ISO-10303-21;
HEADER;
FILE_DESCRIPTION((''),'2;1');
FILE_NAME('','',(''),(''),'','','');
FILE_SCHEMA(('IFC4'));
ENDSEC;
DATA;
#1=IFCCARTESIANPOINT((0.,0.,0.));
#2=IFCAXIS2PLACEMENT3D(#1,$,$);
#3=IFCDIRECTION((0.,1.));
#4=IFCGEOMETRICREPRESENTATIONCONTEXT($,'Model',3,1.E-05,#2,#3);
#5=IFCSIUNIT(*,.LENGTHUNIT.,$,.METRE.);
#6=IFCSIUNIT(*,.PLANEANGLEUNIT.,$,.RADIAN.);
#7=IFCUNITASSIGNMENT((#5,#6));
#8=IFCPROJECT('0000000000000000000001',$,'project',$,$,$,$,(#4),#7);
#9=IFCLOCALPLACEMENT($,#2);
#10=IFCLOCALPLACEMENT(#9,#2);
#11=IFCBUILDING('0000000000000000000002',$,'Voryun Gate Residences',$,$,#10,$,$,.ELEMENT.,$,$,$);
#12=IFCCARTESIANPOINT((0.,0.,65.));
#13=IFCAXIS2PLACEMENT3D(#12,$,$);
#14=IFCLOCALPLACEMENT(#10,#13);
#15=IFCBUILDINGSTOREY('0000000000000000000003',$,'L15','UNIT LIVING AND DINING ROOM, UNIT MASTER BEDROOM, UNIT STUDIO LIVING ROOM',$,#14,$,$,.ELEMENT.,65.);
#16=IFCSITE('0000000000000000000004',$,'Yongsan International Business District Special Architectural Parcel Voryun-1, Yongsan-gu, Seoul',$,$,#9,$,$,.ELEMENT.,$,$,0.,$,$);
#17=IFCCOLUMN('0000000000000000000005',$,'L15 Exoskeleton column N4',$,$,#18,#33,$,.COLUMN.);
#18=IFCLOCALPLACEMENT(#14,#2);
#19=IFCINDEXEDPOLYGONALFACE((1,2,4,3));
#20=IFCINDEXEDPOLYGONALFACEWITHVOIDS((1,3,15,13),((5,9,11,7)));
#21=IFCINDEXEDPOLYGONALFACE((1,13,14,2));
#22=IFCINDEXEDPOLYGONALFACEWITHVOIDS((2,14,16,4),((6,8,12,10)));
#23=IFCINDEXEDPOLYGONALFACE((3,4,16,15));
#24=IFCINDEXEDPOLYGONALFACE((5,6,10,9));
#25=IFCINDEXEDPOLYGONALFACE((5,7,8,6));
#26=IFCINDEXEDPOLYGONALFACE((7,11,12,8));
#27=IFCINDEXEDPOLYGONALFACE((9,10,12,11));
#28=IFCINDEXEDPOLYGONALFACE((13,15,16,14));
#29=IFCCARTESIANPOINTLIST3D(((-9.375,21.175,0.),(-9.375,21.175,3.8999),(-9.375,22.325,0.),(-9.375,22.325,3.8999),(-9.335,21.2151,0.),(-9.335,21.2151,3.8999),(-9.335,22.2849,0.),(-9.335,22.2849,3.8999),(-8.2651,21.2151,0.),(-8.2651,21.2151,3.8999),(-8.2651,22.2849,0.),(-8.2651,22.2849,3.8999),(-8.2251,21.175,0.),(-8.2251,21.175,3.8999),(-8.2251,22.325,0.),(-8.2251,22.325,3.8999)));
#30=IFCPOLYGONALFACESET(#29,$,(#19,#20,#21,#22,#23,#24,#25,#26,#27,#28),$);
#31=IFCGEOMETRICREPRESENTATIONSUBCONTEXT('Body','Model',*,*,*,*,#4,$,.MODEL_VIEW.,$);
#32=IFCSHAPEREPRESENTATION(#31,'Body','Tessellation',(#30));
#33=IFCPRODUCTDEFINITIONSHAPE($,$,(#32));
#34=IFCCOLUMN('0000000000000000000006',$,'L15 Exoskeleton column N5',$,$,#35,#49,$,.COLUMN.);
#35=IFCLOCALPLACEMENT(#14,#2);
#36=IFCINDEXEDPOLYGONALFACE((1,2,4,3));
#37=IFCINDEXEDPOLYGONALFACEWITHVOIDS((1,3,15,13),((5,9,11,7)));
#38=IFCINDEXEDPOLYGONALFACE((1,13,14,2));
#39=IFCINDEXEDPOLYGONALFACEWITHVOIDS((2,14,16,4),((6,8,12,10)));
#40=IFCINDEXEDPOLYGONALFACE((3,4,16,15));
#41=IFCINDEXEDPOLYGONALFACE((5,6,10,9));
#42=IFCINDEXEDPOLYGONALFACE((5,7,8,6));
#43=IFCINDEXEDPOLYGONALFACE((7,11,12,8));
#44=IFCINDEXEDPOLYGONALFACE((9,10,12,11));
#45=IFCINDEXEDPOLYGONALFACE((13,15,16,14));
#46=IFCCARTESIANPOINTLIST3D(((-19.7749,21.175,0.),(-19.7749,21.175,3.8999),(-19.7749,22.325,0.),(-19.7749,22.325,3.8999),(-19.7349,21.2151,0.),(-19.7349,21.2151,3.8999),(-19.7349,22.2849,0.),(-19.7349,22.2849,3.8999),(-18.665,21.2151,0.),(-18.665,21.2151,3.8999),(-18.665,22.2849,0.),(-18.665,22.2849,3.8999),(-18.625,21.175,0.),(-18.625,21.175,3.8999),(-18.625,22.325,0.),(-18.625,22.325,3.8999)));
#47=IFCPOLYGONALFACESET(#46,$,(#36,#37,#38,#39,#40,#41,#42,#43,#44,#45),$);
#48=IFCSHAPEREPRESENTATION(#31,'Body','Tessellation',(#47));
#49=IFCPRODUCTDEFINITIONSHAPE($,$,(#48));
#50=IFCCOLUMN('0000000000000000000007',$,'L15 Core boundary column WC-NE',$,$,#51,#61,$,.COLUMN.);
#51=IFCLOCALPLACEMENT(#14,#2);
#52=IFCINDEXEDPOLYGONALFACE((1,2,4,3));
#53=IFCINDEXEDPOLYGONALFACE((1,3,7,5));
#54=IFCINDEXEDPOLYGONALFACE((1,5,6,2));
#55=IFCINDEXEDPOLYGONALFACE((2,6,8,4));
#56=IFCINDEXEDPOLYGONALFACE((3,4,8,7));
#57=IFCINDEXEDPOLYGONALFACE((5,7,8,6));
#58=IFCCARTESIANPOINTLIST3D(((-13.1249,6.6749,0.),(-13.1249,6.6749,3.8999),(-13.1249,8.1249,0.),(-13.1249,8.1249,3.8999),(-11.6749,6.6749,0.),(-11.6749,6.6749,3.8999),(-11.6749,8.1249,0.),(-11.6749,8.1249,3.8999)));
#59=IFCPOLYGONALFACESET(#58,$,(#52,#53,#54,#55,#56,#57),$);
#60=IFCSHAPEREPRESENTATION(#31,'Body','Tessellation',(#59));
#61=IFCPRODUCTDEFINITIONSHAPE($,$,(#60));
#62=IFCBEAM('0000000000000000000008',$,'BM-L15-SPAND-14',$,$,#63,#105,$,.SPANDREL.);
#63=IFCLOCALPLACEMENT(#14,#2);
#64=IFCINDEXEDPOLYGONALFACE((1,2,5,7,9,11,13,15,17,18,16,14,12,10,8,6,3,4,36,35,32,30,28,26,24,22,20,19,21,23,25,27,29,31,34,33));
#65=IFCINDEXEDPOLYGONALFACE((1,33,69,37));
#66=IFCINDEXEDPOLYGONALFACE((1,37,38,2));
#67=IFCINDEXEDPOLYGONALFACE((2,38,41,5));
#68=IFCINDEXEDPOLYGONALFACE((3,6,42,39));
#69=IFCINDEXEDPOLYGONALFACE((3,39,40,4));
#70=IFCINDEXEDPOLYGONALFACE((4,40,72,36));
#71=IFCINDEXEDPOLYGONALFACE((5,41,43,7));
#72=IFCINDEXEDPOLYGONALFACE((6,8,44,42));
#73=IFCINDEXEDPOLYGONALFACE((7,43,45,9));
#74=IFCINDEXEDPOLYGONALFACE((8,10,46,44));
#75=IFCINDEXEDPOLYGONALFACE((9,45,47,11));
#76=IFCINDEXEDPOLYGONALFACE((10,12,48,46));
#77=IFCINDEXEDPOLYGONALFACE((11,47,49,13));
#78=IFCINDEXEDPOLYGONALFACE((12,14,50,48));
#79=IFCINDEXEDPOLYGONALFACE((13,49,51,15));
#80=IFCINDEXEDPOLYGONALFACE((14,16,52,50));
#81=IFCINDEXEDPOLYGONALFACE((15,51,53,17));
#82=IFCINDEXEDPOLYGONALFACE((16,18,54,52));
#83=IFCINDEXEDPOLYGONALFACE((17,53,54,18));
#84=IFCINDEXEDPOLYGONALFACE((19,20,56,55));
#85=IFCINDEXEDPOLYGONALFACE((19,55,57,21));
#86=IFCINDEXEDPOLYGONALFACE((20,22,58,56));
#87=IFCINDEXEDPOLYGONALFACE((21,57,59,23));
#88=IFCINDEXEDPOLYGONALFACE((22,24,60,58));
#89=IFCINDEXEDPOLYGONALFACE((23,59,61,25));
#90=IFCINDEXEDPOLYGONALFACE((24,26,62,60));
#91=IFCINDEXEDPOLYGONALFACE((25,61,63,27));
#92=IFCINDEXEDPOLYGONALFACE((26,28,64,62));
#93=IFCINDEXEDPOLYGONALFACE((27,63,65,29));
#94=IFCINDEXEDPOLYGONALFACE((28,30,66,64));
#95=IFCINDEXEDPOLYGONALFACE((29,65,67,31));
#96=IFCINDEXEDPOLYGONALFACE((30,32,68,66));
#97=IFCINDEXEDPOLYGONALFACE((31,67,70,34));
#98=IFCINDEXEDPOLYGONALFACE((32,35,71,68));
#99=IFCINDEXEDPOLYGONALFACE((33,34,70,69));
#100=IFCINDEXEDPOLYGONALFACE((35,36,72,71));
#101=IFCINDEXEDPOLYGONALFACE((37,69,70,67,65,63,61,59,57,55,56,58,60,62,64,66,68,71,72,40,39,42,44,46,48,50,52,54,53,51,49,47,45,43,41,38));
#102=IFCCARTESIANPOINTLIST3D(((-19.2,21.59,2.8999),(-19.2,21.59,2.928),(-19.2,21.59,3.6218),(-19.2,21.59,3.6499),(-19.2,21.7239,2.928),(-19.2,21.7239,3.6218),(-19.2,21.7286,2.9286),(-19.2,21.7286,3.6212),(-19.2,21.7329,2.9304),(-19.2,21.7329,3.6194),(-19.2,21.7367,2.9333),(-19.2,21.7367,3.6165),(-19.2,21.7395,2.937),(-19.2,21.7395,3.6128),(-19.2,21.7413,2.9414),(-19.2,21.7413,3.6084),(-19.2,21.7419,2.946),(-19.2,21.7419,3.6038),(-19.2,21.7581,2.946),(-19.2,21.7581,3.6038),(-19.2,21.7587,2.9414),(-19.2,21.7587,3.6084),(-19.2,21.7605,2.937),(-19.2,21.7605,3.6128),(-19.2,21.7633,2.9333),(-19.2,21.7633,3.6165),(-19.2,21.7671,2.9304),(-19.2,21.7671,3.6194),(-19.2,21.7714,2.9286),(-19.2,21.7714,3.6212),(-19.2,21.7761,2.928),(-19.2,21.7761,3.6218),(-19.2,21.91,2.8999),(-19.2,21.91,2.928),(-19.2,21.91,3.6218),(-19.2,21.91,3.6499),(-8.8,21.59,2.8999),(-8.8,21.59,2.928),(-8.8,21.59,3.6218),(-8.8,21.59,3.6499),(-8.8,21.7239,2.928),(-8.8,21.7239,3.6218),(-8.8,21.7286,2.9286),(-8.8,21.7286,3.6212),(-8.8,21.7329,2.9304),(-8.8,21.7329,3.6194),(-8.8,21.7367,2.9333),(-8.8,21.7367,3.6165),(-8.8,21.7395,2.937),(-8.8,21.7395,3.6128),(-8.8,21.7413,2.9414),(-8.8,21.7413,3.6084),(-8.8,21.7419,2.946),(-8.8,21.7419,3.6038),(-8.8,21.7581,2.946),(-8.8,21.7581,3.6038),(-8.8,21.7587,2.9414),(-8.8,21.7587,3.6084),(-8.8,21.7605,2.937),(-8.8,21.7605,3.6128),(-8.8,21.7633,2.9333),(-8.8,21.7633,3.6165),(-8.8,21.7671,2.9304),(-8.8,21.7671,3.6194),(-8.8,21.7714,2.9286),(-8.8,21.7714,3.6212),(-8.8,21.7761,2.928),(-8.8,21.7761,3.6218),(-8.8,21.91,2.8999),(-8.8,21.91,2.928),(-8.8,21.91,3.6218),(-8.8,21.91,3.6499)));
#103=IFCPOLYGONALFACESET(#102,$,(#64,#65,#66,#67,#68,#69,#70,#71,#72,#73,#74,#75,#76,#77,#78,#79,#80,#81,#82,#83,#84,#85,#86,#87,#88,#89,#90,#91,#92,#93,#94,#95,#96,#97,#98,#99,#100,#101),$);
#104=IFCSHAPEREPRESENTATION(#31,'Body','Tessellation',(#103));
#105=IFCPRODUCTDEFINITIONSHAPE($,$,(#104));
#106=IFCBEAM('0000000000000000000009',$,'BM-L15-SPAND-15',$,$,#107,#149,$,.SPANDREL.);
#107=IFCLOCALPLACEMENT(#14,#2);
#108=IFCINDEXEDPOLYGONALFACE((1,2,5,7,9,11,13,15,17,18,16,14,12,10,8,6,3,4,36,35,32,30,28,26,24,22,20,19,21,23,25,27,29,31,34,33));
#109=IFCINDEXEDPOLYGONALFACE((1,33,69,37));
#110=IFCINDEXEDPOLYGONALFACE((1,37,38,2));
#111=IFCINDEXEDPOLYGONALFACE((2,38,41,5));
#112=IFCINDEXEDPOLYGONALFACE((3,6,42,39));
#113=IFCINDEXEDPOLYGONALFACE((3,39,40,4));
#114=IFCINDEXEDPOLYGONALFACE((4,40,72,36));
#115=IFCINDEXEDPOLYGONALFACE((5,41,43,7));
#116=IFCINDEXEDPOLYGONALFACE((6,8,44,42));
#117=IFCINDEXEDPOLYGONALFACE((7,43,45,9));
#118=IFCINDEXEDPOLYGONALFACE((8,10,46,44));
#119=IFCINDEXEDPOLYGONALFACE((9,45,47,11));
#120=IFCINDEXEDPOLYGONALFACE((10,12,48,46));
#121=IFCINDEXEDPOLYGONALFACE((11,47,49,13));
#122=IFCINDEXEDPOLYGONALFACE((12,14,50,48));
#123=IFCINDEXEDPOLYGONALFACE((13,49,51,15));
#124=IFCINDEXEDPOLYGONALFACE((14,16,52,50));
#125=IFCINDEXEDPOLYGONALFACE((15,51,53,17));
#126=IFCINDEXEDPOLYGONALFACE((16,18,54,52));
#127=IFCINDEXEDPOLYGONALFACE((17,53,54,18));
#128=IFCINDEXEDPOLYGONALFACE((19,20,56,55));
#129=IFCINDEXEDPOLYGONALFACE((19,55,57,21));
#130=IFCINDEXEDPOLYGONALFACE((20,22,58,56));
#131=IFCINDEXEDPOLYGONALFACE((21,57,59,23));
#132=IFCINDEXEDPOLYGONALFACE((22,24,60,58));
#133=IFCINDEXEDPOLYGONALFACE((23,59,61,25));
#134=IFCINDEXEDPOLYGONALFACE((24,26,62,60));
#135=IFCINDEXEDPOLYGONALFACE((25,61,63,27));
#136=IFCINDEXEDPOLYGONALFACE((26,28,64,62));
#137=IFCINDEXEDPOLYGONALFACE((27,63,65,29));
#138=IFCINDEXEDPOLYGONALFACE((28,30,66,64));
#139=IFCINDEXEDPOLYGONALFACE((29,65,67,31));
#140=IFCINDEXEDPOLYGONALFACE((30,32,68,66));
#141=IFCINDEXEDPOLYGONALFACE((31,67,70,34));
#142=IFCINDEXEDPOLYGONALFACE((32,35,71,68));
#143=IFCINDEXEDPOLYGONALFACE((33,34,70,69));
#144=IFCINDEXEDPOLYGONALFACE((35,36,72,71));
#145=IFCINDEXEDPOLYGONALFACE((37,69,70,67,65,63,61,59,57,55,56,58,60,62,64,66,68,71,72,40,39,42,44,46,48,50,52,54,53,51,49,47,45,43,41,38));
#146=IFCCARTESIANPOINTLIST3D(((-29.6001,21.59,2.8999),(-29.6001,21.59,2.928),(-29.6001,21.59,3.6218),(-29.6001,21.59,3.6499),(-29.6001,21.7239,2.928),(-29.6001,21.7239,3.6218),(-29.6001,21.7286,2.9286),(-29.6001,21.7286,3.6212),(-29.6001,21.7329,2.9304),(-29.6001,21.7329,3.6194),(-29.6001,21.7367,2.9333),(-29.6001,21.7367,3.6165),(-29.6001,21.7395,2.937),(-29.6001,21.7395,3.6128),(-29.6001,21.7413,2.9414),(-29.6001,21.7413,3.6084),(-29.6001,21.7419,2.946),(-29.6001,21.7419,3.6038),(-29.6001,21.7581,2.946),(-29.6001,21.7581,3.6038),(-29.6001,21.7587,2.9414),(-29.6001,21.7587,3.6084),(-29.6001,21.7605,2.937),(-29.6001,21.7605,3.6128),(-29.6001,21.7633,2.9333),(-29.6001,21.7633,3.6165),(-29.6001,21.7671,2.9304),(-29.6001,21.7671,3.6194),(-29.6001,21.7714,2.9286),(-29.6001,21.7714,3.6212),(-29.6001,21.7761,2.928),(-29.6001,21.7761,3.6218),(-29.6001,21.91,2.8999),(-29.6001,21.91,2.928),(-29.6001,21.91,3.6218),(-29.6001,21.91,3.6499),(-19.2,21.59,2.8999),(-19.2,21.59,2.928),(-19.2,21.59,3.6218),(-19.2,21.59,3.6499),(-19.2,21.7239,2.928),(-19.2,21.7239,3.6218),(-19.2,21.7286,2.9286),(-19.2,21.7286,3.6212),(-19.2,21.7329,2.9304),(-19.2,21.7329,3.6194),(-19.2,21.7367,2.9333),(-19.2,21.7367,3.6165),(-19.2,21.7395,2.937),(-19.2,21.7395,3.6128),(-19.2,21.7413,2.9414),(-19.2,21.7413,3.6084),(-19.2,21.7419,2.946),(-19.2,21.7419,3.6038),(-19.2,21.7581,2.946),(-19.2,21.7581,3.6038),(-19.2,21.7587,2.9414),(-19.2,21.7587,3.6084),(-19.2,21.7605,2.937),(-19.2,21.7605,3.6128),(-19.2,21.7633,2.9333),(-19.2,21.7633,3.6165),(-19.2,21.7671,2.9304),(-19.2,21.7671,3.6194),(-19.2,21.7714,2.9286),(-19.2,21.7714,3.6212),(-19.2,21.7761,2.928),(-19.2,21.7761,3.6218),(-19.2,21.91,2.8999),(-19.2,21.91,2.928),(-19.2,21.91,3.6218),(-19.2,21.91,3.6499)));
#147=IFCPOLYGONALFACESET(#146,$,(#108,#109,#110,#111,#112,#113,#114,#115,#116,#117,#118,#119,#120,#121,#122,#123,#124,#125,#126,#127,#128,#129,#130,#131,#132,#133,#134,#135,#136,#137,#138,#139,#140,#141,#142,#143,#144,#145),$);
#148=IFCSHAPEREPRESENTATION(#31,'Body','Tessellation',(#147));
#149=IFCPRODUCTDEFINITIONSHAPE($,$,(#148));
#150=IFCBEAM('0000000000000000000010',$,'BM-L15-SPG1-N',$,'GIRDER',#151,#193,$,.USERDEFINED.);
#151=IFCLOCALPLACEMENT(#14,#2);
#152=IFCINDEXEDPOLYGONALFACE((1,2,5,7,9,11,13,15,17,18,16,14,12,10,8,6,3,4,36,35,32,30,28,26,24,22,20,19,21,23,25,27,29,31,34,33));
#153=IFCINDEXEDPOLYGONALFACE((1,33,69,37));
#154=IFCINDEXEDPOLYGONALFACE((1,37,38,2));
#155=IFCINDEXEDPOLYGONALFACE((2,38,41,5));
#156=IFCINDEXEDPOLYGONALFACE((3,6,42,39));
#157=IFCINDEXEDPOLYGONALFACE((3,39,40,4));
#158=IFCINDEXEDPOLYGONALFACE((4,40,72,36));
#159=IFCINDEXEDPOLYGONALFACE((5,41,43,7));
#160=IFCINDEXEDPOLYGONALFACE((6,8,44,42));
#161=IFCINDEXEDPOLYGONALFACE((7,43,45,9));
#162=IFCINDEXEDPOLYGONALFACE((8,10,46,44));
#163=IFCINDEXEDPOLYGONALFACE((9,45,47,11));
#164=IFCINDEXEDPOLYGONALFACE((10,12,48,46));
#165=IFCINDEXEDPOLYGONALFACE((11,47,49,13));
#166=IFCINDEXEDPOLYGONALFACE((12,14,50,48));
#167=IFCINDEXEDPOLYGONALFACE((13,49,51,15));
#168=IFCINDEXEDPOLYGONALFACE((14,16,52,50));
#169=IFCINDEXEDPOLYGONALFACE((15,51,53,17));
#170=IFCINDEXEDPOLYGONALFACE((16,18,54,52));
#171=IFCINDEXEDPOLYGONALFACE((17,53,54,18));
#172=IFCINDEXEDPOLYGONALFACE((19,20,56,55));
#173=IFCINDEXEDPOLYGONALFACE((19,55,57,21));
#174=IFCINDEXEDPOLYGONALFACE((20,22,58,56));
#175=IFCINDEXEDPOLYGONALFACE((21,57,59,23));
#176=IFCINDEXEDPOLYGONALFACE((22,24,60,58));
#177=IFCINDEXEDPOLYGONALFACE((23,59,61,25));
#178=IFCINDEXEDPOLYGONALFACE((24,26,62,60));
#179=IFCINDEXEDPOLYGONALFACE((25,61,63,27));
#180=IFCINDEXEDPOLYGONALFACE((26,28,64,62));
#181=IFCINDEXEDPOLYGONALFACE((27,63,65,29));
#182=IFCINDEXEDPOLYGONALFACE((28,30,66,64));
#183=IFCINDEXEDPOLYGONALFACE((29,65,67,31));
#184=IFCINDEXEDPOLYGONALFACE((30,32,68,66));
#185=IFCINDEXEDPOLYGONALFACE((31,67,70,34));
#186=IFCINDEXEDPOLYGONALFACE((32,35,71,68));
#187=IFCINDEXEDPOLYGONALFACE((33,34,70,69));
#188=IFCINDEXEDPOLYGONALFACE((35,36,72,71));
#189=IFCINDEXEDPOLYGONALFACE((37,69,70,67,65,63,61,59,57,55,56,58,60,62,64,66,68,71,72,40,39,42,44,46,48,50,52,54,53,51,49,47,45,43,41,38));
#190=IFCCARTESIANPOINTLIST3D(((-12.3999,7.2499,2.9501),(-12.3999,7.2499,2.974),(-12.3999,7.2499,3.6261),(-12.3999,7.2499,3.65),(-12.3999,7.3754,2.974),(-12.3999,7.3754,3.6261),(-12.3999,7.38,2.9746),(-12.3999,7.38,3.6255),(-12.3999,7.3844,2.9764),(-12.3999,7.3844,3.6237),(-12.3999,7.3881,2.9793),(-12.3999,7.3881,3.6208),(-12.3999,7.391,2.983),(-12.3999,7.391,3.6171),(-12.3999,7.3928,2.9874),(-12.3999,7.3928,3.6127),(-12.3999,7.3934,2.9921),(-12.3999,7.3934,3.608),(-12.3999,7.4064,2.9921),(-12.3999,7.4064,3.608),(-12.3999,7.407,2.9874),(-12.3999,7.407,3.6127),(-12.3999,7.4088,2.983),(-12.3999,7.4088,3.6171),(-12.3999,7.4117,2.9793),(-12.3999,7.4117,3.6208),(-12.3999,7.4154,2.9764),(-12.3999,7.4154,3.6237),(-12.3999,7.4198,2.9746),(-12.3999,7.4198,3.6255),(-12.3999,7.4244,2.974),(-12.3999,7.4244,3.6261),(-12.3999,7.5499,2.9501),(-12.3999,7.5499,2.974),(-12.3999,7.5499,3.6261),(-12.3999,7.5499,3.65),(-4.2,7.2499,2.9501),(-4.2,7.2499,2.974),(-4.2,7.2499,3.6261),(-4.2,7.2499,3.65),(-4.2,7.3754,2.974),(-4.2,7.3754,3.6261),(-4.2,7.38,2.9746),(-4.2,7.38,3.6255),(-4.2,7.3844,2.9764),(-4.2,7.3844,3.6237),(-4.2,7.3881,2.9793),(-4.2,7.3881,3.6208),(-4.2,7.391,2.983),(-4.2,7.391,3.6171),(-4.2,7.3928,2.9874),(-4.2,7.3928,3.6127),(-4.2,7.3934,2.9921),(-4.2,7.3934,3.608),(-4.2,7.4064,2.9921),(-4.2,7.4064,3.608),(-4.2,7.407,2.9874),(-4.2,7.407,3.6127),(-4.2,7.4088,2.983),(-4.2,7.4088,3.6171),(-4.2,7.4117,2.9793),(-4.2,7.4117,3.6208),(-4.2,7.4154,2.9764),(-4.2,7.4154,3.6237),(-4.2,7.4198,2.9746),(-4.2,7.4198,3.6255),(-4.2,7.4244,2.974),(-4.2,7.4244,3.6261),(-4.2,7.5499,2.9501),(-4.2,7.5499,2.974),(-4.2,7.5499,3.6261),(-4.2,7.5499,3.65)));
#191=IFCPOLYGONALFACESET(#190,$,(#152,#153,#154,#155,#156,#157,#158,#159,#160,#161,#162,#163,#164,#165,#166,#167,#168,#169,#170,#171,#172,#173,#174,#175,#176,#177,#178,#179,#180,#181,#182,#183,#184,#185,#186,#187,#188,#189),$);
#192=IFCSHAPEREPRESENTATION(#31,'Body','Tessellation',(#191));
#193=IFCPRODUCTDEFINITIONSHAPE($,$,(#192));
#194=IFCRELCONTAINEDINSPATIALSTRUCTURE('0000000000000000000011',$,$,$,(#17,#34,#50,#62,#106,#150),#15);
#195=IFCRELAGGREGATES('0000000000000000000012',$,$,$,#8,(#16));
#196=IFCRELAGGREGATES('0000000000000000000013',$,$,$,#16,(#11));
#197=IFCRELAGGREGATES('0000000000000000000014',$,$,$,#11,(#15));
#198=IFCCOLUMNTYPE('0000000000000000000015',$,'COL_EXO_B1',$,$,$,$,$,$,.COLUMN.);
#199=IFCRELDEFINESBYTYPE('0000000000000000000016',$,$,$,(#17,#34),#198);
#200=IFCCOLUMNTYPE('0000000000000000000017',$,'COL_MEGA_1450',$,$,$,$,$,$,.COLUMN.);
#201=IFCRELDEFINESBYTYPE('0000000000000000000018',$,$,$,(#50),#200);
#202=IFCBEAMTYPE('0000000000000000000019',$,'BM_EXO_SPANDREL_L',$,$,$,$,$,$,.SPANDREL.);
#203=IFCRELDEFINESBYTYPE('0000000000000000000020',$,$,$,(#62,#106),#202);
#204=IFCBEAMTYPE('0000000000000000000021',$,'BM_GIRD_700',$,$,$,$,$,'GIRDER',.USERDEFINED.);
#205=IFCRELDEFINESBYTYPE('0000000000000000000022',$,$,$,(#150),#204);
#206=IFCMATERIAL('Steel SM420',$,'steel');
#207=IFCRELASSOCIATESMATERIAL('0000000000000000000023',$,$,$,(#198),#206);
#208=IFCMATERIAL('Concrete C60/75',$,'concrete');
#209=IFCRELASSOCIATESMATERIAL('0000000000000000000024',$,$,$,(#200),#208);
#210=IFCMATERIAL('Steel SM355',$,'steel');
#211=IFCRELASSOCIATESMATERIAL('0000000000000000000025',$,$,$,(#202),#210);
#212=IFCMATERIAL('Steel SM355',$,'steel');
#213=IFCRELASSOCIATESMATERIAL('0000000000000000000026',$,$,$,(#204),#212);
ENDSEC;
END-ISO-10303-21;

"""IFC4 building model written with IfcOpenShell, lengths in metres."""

from ifc_helpers import new_model, si_unit, direction, frame, origin, origin_2d, place, context, subcontext, project, spatial, rectangle, hollow_rectangle, i_section, extrude, material, material_profile, profile_set, type_object, element, save


model = new_model("IFC4")

# Units and contexts
model_context = context("Model", 3, precision=1e-05, world=origin(), true_north=direction((0.0, 1.0)))
body_context = subcontext(model_context, "Body", "Model", "MODEL_VIEW")
ifc_project = project(units=[si_unit("LENGTHUNIT", "METRE"), si_unit("PLANEANGLEUNIT", "RADIAN")], contexts=[model_context])

# Site, building, storey
site_placement = place(None, origin())
site = spatial("IfcSite", under=ifc_project, at=site_placement, Name="Yongsan International Business District Special Architectural Parcel Voryun-1, Yongsan-gu, Seoul", CompositionType="ELEMENT", RefElevation=0.0)
building_placement = place(site_placement, origin())
building = spatial("IfcBuilding", under=site, at=building_placement, Name="Voryun Gate Residences", CompositionType="ELEMENT")
storey_placement = place(building_placement, frame((0.0, 0.0, 65.0)))
storey = spatial("IfcBuildingStorey", under=building, at=storey_placement, Name="L15", Description="UNIT LIVING AND DINING ROOM, UNIT MASTER BEDROOM, UNIT STUDIO LIVING ROOM", CompositionType="ELEMENT", Elevation=65.0)

# Columns
ifc_material_1 = material(Name="Steel SM420", Category="steel")
ifc_material_profile_1 = material_profile(ifc_material_1, hollow_rectangle(XDim=1.1499, YDim=1.1499, WallThickness=0.04, at=origin_2d()), Name="BOX-1150x1150x40")
ifc_profile_set_1 = profile_set([ifc_material_profile_1], Name="Steel SM420")
column_type_1 = type_object("IfcColumnType", Name="COL_EXO_B1", PredefinedType="COLUMN", material=ifc_profile_set_1)
for number, where, z_axis, x_axis, name in (
    (1, (-8.8, 21.75, 0.0), (0.0, 0.0, 1.0), (1.0, 0.0, 0.0), "L15 Exoskeleton column N4"),
    (2, (-19.2, 21.75, 0.0), (0.0, 0.0, 1.0), (1.0, 0.0, 0.0), "L15 Exoskeleton column N5"),
):
    element("IfcColumn", number, at=place(storey_placement, frame(where, z_axis=z_axis, x_axis=x_axis)), inside=storey, type_object=column_type_1, Name=name, PredefinedType="COLUMN", context=body_context, shape_type="SweptSolid", body=[
        extrude(hollow_rectangle(XDim=1.1499, YDim=1.1499, WallThickness=0.04, at=origin_2d()), origin(), (0.0, 0.0, 1.0), 3.8999),
    ])
ifc_material_2 = material(Name="Concrete C60/75", Category="concrete")
ifc_material_profile_2 = material_profile(ifc_material_2, rectangle(XDim=1.45, YDim=1.45, at=origin_2d()), Name="RC-1450x1450")
ifc_profile_set_2 = profile_set([ifc_material_profile_2], Name="Concrete C60/75")
column_type_2 = type_object("IfcColumnType", Name="COL_MEGA_1450", PredefinedType="COLUMN", material=ifc_profile_set_2)
column_placement = place(storey_placement, frame((-12.3999, 7.3999, 0.0), z_axis=(0.0, 0.0, 1.0), x_axis=(1.0, 0.0, 0.0)))
element("IfcColumn", 3, at=column_placement, inside=storey, type_object=column_type_2, Name="L15 Core boundary column WC-NE", PredefinedType="COLUMN", context=body_context, shape_type="SweptSolid", body=[
    extrude(rectangle(XDim=1.45, YDim=1.45, at=origin_2d()), origin(), (0.0, 0.0, 1.0), 3.8999),
])

# Beams
ifc_material_3 = material(Name="Steel SM355", Category="steel")
ifc_material_profile_3 = material_profile(ifc_material_3, i_section(OverallWidth=0.3201, OverallDepth=0.75, WebThickness=0.0161, FlangeThickness=0.0281, FilletRadius=0.0181, at=origin_2d()), Name="H-750x320x16x28")
ifc_profile_set_3 = profile_set([ifc_material_profile_3], Name="Steel SM355")
beam_type_1 = type_object("IfcBeamType", Name="BM_EXO_SPANDREL_L", PredefinedType="SPANDREL", material=ifc_profile_set_3)
beam_1_placement = place(storey_placement, frame((-8.8, 21.75, 3.2749), z_axis=(-1.0, 0.0, 0.0), x_axis=(0.0, -1.0, 0.0)))
element("IfcBeam", 4, at=beam_1_placement, inside=storey, type_object=beam_type_1, Name="BM-L15-SPAND-14", PredefinedType="SPANDREL", context=body_context, shape_type="SweptSolid", body=[
    extrude(i_section(OverallWidth=0.3201, OverallDepth=0.75, WebThickness=0.0161, FlangeThickness=0.0281, FilletRadius=0.0181, at=origin_2d()), origin(), (0.0, 0.0, 1.0), 10.3999),
])
beam_2_placement = place(storey_placement, frame((-19.2, 21.75, 3.2749), z_axis=(-1.0, 0.0, 0.0), x_axis=(0.0, -1.0, 0.0)))
element("IfcBeam", 5, at=beam_2_placement, inside=storey, type_object=beam_type_1, Name="BM-L15-SPAND-15", PredefinedType="SPANDREL", context=body_context, shape_type="SweptSolid", body=[
    extrude(i_section(OverallWidth=0.3201, OverallDepth=0.75, WebThickness=0.0161, FlangeThickness=0.0281, FilletRadius=0.0181, at=origin_2d()), origin(), (0.0, 0.0, 1.0), 10.4001),
])
ifc_material_4 = material(Name="Steel SM355", Category="steel")
ifc_material_profile_4 = material_profile(ifc_material_4, i_section(OverallWidth=0.3, OverallDepth=0.7, WebThickness=0.0129, FlangeThickness=0.0239, FilletRadius=0.0181, at=origin_2d()), Name="H-700x300x13x24")
ifc_profile_set_4 = profile_set([ifc_material_profile_4], Name="Steel SM355")
beam_type_2 = type_object("IfcBeamType", Name="BM_GIRD_700", ElementType="GIRDER", PredefinedType="USERDEFINED", material=ifc_profile_set_4)
beam_3_placement = place(storey_placement, frame((-12.3999, 7.3999, 3.3), z_axis=(1.0, 0.0, 0.0), x_axis=(0.0, 1.0, 0.0)))
element("IfcBeam", 6, at=beam_3_placement, inside=storey, type_object=beam_type_2, Name="BM-L15-SPG1-N", ObjectType="GIRDER", PredefinedType="USERDEFINED", context=body_context, shape_type="SweptSolid", body=[
    extrude(i_section(OverallWidth=0.3, OverallDepth=0.7, WebThickness=0.0129, FlangeThickness=0.0239, FilletRadius=0.0181, at=origin_2d()), origin(), (0.0, 0.0, 1.0), 8.2),
])

save(model, "model.ifc")
